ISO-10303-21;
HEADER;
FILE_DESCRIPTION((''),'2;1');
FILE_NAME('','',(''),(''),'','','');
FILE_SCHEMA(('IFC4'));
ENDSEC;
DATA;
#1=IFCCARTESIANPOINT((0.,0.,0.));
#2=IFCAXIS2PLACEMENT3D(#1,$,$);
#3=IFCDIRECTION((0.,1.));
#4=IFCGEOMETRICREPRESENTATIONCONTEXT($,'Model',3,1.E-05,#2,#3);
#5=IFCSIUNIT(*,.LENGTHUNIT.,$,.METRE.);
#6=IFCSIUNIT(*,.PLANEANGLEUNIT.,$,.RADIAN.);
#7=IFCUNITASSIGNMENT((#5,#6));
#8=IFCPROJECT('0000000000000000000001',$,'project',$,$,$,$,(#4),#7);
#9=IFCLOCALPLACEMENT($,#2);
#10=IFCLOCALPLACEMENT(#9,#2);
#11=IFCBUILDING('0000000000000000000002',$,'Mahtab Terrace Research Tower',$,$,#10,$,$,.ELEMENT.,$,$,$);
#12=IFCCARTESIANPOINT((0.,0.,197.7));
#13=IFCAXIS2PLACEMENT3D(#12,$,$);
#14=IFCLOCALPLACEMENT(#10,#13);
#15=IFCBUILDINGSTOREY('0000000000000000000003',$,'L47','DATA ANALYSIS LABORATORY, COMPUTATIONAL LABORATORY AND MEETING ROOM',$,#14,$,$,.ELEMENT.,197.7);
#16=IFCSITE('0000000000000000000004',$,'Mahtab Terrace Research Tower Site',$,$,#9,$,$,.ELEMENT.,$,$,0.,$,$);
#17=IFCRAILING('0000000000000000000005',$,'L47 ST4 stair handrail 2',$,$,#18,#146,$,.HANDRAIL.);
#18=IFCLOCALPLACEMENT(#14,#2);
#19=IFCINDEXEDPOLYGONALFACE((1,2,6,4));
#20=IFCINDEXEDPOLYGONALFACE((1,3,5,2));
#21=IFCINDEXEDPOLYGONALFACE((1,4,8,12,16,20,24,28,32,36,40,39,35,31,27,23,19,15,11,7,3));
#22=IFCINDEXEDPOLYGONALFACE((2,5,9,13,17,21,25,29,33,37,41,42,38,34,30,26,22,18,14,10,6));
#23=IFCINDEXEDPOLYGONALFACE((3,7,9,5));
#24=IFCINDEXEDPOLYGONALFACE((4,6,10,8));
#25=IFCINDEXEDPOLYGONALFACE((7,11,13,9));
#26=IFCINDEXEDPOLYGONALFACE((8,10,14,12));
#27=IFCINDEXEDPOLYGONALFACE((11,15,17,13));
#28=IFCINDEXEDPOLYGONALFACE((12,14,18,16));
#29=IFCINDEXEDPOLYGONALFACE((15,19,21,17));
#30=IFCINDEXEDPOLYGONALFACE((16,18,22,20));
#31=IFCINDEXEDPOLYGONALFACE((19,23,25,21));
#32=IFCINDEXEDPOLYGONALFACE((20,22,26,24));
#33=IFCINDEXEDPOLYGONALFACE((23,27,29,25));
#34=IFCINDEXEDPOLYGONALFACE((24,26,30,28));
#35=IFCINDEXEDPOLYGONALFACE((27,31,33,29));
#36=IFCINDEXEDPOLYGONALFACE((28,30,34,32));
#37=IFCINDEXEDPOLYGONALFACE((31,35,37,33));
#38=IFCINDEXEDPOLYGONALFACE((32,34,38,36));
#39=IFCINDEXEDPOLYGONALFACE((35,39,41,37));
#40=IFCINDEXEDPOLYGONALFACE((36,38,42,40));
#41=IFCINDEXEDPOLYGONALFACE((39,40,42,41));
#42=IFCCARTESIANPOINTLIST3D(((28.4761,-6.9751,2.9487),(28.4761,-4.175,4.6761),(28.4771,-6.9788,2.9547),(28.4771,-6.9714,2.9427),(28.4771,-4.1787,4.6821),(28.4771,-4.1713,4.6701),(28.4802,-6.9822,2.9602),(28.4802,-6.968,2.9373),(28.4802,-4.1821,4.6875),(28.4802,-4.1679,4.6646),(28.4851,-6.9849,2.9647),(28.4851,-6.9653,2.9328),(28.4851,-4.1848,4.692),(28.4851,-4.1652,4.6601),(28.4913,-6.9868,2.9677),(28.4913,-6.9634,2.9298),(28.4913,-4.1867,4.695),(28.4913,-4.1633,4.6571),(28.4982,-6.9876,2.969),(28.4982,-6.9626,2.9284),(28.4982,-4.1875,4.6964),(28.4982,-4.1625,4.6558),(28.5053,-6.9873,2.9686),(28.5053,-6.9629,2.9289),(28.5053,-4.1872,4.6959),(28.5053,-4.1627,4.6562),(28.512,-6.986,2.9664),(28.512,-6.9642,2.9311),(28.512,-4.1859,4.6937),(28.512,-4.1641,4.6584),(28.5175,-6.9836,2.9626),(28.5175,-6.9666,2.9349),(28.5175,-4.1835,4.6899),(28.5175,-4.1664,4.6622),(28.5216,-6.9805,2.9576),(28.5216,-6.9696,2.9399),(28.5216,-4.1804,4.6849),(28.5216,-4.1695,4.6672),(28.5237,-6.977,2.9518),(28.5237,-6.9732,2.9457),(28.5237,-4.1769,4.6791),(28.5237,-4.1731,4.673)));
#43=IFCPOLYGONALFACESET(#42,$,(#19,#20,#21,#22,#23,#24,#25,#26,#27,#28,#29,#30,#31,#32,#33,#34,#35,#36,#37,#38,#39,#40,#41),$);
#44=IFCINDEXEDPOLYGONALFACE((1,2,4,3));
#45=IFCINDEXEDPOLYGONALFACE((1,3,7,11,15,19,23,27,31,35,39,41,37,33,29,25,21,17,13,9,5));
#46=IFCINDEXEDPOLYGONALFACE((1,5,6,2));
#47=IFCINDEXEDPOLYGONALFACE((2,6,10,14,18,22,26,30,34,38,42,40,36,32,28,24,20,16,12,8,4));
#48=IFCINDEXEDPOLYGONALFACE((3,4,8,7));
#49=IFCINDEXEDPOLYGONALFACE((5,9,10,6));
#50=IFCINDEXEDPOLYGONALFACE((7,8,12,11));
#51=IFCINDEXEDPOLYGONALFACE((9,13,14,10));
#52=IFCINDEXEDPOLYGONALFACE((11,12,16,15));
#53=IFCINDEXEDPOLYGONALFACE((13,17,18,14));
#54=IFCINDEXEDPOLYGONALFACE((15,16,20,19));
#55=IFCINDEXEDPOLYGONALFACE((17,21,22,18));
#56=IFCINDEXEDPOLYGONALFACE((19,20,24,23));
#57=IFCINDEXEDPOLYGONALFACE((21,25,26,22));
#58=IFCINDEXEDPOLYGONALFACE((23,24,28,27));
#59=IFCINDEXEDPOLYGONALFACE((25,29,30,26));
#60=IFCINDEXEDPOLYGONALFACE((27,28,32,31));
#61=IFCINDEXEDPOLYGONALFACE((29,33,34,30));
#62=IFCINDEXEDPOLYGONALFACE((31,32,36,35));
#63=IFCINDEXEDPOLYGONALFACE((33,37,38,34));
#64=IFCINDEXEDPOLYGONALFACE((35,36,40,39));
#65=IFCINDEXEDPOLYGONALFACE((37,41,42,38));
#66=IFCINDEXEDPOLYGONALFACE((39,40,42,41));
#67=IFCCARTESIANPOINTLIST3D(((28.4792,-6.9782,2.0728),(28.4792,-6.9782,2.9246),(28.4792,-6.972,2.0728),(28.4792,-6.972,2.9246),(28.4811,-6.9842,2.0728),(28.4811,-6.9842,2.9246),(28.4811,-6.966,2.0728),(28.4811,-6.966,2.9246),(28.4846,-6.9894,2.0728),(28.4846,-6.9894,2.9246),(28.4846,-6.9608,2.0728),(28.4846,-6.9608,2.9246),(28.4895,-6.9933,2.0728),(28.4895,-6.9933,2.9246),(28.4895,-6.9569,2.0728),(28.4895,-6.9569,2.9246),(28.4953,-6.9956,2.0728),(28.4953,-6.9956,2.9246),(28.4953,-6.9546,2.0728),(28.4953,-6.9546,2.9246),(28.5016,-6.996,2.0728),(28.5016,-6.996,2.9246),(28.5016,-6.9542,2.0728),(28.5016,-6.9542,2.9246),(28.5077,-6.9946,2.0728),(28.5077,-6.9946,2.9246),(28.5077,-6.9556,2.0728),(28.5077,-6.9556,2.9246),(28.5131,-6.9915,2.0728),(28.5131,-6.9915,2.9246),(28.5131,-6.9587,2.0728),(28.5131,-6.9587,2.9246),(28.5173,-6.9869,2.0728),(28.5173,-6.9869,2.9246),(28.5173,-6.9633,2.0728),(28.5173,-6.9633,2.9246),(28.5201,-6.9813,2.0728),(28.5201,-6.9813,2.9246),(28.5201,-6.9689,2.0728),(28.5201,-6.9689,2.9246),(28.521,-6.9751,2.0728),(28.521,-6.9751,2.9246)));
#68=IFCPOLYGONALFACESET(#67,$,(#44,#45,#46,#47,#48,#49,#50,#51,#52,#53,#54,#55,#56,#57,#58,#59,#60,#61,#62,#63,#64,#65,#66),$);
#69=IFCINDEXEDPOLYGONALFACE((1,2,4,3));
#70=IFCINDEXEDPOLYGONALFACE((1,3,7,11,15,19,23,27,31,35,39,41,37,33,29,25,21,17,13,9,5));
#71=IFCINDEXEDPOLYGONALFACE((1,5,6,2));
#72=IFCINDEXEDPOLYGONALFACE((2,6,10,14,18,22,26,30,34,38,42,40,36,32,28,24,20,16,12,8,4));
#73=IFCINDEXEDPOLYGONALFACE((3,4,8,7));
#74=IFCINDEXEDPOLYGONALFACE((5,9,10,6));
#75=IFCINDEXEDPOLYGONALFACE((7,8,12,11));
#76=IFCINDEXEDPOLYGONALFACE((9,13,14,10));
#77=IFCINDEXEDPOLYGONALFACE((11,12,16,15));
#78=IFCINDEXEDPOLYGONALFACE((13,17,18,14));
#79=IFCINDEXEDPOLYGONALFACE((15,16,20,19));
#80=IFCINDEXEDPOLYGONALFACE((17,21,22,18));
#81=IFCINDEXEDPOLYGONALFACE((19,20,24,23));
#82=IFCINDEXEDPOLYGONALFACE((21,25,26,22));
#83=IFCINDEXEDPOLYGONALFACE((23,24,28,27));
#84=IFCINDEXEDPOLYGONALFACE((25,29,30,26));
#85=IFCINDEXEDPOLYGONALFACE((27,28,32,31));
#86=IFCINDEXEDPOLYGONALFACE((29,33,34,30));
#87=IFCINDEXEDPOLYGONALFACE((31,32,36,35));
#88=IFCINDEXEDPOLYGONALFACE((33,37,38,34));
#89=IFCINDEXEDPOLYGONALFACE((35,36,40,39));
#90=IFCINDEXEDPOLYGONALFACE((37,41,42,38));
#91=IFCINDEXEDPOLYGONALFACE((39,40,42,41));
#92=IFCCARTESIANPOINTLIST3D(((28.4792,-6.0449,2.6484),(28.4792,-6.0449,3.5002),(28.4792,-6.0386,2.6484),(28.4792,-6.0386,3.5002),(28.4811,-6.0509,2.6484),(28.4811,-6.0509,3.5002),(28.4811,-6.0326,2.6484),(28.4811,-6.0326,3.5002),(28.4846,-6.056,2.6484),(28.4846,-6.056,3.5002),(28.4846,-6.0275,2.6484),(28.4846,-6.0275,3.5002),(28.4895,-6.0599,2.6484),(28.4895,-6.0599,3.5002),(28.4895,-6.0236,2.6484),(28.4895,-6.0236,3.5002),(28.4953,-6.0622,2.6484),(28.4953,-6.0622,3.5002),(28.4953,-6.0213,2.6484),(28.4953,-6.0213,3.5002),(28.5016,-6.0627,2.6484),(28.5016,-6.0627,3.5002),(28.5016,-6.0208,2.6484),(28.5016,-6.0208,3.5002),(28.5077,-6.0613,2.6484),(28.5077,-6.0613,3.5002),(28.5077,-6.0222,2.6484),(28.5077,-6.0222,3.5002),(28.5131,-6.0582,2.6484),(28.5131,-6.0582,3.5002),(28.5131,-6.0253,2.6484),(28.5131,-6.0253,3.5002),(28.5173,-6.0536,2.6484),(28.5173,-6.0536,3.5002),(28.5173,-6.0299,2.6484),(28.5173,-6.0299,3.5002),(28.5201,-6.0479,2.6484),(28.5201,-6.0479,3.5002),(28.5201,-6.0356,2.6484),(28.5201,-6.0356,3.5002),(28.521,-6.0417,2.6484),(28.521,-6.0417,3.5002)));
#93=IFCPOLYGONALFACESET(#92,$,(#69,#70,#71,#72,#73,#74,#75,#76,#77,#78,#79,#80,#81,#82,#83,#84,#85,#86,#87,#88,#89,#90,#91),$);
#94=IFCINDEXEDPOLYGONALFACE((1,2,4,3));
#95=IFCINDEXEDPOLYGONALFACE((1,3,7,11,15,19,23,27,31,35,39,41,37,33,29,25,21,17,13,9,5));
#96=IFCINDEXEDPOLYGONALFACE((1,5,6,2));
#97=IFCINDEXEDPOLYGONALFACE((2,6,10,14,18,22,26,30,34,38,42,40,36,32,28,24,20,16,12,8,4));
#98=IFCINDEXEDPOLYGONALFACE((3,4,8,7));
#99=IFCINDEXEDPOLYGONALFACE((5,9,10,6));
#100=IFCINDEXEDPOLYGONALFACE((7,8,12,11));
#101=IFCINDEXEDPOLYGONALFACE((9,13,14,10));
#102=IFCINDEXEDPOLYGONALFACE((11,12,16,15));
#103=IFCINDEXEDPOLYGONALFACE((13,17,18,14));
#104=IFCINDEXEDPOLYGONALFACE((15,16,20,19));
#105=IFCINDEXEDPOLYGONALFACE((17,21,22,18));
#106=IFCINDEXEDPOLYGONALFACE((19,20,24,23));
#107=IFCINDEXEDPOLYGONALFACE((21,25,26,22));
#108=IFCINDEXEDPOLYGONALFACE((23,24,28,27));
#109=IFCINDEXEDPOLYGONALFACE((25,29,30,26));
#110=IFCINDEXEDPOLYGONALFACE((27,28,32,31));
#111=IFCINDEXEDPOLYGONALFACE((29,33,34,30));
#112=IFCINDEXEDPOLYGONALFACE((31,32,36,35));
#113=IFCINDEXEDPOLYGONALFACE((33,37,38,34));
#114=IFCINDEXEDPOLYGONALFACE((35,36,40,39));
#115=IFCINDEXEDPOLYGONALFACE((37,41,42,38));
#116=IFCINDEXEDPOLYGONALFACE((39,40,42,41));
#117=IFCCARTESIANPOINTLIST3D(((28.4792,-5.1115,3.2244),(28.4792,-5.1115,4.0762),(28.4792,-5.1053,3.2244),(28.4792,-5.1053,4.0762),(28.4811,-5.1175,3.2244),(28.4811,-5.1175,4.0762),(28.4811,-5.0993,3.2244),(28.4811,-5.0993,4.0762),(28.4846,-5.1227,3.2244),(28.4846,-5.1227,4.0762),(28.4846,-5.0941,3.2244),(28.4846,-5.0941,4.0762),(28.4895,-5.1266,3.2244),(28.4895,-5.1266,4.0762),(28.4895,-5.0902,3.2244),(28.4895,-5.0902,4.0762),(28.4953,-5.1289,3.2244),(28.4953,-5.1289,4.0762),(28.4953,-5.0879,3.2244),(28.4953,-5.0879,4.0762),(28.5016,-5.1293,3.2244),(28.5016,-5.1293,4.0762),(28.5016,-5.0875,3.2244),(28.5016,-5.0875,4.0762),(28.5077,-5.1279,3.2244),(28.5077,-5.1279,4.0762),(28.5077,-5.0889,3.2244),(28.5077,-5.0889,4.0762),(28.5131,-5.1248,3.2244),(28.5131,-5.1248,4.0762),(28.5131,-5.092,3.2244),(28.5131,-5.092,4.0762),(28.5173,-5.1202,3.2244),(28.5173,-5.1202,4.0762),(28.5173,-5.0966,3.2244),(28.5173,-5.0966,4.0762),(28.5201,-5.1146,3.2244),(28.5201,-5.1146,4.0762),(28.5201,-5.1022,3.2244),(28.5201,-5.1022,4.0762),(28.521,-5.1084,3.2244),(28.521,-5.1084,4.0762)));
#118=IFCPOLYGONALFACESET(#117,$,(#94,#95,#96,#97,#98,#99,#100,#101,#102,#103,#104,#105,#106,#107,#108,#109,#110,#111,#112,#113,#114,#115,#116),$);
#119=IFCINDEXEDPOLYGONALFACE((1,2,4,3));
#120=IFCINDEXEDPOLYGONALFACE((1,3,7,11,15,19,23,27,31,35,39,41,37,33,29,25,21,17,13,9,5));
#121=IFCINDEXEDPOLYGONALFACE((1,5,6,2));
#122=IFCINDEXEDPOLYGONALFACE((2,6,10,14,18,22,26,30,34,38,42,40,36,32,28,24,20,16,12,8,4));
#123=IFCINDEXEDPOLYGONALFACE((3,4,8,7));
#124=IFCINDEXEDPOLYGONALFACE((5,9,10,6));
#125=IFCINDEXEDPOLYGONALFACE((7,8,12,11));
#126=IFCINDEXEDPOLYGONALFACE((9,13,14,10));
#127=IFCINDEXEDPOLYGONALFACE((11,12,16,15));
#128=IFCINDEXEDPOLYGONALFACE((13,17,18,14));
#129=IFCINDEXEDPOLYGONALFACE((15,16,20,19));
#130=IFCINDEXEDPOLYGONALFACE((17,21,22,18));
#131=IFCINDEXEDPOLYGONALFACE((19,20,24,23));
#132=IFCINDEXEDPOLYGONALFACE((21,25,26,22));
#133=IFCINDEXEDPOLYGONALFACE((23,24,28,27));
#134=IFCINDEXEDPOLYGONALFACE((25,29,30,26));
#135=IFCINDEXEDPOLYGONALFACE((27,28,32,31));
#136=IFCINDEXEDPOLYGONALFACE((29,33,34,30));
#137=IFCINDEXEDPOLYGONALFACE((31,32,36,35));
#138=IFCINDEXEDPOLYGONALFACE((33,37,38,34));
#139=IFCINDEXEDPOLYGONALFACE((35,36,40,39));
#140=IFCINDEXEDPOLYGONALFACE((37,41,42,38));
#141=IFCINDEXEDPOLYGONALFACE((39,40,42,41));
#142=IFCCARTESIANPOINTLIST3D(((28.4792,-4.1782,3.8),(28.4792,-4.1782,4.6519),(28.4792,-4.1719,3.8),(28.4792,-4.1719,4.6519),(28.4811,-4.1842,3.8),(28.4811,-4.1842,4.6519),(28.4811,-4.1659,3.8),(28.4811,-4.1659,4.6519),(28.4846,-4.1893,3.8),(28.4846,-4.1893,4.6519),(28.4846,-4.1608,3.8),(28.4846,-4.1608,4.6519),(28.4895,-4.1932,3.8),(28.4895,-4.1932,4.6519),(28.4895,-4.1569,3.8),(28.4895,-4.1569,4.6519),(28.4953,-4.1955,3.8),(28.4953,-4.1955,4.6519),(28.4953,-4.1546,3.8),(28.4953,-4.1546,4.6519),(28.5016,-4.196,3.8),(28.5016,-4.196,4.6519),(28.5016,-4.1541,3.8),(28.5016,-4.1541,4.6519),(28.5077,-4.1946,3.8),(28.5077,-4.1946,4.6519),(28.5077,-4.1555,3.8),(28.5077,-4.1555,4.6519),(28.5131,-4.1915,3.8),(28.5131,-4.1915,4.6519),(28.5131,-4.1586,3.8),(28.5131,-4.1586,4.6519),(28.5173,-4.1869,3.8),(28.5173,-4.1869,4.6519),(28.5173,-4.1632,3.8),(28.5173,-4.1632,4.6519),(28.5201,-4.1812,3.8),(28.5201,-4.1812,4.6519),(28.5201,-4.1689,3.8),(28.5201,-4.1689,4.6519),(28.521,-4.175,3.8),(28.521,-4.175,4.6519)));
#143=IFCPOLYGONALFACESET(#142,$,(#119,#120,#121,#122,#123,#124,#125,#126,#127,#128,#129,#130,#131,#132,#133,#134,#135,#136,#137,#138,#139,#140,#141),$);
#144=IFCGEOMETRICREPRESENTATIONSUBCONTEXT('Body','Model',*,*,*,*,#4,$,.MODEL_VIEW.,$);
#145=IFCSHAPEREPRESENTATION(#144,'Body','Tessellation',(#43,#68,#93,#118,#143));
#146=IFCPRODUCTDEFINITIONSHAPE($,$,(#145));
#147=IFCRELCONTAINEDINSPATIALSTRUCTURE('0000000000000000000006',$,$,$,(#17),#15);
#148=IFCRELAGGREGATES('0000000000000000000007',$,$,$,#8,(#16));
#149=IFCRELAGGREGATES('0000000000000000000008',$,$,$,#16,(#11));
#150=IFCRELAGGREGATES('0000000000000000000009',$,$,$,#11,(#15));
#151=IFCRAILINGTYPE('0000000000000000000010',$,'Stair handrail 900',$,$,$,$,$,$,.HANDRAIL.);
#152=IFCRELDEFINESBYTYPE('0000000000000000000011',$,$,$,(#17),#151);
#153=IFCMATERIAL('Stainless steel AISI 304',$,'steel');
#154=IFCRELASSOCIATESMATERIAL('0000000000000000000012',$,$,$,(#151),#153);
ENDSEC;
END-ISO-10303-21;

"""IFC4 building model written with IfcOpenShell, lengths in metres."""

from ifc_helpers import new_model, si_unit, direction, frame, origin, origin_2d, place, context, subcontext, project, spatial, circle, extrude, material, type_object, element, save


model = new_model("IFC4")

# Units and contexts
model_context = context("Model", 3, precision=1e-05, world=origin(), true_north=direction((0.0, 1.0)))
body_context = subcontext(model_context, "Body", "Model", "MODEL_VIEW")
ifc_project = project(units=[si_unit("LENGTHUNIT", "METRE"), si_unit("PLANEANGLEUNIT", "RADIAN")], contexts=[model_context])

# Site, building, storey
site_placement = place(None, origin())
site = spatial("IfcSite", under=ifc_project, at=site_placement, Name="Mahtab Terrace Research Tower Site", CompositionType="ELEMENT", RefElevation=0.0)
building_placement = place(site_placement, origin())
building = spatial("IfcBuilding", under=site, at=building_placement, Name="Mahtab Terrace Research Tower", CompositionType="ELEMENT")
storey_placement = place(building_placement, frame((0.0, 0.0, 197.7)))
storey = spatial("IfcBuildingStorey", under=building, at=storey_placement, Name="L47", Description="DATA ANALYSIS LABORATORY, COMPUTATIONAL LABORATORY AND MEETING ROOM", CompositionType="ELEMENT", Elevation=197.7)

# Railing
ifc_material_1 = material(Name="Stainless steel AISI 304", Category="steel")
railing_type_1 = type_object("IfcRailingType", Name="Stair handrail 900", PredefinedType="HANDRAIL", material=ifc_material_1)
railing_1_placement = place(storey_placement, frame((28.5, -6.9751, 2.0728)))
element("IfcRailing", 1, at=railing_1_placement, inside=storey, type_object=railing_type_1, Name="L47 ST4 stair handrail 2", PredefinedType="HANDRAIL", context=body_context, shape_type="SweptSolid", body=[
    extrude(circle(Radius=0.0239, at=origin_2d()), frame((0.0, 0.0, 0.876), z_axis=(0.0, 0.85109, 0.52502), x_axis=(-1.0, 0.0, 0.0)), (0.0, 0.0, 1.0), 3.29),
    extrude(circle(Radius=0.021, at=origin_2d()), origin(), (0.0, 0.0, 1.0), 0.8518),
    extrude(circle(Radius=0.021, at=origin_2d()), frame((0.0, 0.9333, 0.5757)), (0.0, 0.0, 1.0), 0.8518),
    extrude(circle(Radius=0.021, at=origin_2d()), frame((0.0, 1.8667, 1.1516)), (0.0, 0.0, 1.0), 0.8518),
    extrude(circle(Radius=0.021, at=origin_2d()), frame((0.0, 2.8, 1.7273)), (0.0, 0.0, 1.0), 0.8518),
])

save(model, "model.ifc")
